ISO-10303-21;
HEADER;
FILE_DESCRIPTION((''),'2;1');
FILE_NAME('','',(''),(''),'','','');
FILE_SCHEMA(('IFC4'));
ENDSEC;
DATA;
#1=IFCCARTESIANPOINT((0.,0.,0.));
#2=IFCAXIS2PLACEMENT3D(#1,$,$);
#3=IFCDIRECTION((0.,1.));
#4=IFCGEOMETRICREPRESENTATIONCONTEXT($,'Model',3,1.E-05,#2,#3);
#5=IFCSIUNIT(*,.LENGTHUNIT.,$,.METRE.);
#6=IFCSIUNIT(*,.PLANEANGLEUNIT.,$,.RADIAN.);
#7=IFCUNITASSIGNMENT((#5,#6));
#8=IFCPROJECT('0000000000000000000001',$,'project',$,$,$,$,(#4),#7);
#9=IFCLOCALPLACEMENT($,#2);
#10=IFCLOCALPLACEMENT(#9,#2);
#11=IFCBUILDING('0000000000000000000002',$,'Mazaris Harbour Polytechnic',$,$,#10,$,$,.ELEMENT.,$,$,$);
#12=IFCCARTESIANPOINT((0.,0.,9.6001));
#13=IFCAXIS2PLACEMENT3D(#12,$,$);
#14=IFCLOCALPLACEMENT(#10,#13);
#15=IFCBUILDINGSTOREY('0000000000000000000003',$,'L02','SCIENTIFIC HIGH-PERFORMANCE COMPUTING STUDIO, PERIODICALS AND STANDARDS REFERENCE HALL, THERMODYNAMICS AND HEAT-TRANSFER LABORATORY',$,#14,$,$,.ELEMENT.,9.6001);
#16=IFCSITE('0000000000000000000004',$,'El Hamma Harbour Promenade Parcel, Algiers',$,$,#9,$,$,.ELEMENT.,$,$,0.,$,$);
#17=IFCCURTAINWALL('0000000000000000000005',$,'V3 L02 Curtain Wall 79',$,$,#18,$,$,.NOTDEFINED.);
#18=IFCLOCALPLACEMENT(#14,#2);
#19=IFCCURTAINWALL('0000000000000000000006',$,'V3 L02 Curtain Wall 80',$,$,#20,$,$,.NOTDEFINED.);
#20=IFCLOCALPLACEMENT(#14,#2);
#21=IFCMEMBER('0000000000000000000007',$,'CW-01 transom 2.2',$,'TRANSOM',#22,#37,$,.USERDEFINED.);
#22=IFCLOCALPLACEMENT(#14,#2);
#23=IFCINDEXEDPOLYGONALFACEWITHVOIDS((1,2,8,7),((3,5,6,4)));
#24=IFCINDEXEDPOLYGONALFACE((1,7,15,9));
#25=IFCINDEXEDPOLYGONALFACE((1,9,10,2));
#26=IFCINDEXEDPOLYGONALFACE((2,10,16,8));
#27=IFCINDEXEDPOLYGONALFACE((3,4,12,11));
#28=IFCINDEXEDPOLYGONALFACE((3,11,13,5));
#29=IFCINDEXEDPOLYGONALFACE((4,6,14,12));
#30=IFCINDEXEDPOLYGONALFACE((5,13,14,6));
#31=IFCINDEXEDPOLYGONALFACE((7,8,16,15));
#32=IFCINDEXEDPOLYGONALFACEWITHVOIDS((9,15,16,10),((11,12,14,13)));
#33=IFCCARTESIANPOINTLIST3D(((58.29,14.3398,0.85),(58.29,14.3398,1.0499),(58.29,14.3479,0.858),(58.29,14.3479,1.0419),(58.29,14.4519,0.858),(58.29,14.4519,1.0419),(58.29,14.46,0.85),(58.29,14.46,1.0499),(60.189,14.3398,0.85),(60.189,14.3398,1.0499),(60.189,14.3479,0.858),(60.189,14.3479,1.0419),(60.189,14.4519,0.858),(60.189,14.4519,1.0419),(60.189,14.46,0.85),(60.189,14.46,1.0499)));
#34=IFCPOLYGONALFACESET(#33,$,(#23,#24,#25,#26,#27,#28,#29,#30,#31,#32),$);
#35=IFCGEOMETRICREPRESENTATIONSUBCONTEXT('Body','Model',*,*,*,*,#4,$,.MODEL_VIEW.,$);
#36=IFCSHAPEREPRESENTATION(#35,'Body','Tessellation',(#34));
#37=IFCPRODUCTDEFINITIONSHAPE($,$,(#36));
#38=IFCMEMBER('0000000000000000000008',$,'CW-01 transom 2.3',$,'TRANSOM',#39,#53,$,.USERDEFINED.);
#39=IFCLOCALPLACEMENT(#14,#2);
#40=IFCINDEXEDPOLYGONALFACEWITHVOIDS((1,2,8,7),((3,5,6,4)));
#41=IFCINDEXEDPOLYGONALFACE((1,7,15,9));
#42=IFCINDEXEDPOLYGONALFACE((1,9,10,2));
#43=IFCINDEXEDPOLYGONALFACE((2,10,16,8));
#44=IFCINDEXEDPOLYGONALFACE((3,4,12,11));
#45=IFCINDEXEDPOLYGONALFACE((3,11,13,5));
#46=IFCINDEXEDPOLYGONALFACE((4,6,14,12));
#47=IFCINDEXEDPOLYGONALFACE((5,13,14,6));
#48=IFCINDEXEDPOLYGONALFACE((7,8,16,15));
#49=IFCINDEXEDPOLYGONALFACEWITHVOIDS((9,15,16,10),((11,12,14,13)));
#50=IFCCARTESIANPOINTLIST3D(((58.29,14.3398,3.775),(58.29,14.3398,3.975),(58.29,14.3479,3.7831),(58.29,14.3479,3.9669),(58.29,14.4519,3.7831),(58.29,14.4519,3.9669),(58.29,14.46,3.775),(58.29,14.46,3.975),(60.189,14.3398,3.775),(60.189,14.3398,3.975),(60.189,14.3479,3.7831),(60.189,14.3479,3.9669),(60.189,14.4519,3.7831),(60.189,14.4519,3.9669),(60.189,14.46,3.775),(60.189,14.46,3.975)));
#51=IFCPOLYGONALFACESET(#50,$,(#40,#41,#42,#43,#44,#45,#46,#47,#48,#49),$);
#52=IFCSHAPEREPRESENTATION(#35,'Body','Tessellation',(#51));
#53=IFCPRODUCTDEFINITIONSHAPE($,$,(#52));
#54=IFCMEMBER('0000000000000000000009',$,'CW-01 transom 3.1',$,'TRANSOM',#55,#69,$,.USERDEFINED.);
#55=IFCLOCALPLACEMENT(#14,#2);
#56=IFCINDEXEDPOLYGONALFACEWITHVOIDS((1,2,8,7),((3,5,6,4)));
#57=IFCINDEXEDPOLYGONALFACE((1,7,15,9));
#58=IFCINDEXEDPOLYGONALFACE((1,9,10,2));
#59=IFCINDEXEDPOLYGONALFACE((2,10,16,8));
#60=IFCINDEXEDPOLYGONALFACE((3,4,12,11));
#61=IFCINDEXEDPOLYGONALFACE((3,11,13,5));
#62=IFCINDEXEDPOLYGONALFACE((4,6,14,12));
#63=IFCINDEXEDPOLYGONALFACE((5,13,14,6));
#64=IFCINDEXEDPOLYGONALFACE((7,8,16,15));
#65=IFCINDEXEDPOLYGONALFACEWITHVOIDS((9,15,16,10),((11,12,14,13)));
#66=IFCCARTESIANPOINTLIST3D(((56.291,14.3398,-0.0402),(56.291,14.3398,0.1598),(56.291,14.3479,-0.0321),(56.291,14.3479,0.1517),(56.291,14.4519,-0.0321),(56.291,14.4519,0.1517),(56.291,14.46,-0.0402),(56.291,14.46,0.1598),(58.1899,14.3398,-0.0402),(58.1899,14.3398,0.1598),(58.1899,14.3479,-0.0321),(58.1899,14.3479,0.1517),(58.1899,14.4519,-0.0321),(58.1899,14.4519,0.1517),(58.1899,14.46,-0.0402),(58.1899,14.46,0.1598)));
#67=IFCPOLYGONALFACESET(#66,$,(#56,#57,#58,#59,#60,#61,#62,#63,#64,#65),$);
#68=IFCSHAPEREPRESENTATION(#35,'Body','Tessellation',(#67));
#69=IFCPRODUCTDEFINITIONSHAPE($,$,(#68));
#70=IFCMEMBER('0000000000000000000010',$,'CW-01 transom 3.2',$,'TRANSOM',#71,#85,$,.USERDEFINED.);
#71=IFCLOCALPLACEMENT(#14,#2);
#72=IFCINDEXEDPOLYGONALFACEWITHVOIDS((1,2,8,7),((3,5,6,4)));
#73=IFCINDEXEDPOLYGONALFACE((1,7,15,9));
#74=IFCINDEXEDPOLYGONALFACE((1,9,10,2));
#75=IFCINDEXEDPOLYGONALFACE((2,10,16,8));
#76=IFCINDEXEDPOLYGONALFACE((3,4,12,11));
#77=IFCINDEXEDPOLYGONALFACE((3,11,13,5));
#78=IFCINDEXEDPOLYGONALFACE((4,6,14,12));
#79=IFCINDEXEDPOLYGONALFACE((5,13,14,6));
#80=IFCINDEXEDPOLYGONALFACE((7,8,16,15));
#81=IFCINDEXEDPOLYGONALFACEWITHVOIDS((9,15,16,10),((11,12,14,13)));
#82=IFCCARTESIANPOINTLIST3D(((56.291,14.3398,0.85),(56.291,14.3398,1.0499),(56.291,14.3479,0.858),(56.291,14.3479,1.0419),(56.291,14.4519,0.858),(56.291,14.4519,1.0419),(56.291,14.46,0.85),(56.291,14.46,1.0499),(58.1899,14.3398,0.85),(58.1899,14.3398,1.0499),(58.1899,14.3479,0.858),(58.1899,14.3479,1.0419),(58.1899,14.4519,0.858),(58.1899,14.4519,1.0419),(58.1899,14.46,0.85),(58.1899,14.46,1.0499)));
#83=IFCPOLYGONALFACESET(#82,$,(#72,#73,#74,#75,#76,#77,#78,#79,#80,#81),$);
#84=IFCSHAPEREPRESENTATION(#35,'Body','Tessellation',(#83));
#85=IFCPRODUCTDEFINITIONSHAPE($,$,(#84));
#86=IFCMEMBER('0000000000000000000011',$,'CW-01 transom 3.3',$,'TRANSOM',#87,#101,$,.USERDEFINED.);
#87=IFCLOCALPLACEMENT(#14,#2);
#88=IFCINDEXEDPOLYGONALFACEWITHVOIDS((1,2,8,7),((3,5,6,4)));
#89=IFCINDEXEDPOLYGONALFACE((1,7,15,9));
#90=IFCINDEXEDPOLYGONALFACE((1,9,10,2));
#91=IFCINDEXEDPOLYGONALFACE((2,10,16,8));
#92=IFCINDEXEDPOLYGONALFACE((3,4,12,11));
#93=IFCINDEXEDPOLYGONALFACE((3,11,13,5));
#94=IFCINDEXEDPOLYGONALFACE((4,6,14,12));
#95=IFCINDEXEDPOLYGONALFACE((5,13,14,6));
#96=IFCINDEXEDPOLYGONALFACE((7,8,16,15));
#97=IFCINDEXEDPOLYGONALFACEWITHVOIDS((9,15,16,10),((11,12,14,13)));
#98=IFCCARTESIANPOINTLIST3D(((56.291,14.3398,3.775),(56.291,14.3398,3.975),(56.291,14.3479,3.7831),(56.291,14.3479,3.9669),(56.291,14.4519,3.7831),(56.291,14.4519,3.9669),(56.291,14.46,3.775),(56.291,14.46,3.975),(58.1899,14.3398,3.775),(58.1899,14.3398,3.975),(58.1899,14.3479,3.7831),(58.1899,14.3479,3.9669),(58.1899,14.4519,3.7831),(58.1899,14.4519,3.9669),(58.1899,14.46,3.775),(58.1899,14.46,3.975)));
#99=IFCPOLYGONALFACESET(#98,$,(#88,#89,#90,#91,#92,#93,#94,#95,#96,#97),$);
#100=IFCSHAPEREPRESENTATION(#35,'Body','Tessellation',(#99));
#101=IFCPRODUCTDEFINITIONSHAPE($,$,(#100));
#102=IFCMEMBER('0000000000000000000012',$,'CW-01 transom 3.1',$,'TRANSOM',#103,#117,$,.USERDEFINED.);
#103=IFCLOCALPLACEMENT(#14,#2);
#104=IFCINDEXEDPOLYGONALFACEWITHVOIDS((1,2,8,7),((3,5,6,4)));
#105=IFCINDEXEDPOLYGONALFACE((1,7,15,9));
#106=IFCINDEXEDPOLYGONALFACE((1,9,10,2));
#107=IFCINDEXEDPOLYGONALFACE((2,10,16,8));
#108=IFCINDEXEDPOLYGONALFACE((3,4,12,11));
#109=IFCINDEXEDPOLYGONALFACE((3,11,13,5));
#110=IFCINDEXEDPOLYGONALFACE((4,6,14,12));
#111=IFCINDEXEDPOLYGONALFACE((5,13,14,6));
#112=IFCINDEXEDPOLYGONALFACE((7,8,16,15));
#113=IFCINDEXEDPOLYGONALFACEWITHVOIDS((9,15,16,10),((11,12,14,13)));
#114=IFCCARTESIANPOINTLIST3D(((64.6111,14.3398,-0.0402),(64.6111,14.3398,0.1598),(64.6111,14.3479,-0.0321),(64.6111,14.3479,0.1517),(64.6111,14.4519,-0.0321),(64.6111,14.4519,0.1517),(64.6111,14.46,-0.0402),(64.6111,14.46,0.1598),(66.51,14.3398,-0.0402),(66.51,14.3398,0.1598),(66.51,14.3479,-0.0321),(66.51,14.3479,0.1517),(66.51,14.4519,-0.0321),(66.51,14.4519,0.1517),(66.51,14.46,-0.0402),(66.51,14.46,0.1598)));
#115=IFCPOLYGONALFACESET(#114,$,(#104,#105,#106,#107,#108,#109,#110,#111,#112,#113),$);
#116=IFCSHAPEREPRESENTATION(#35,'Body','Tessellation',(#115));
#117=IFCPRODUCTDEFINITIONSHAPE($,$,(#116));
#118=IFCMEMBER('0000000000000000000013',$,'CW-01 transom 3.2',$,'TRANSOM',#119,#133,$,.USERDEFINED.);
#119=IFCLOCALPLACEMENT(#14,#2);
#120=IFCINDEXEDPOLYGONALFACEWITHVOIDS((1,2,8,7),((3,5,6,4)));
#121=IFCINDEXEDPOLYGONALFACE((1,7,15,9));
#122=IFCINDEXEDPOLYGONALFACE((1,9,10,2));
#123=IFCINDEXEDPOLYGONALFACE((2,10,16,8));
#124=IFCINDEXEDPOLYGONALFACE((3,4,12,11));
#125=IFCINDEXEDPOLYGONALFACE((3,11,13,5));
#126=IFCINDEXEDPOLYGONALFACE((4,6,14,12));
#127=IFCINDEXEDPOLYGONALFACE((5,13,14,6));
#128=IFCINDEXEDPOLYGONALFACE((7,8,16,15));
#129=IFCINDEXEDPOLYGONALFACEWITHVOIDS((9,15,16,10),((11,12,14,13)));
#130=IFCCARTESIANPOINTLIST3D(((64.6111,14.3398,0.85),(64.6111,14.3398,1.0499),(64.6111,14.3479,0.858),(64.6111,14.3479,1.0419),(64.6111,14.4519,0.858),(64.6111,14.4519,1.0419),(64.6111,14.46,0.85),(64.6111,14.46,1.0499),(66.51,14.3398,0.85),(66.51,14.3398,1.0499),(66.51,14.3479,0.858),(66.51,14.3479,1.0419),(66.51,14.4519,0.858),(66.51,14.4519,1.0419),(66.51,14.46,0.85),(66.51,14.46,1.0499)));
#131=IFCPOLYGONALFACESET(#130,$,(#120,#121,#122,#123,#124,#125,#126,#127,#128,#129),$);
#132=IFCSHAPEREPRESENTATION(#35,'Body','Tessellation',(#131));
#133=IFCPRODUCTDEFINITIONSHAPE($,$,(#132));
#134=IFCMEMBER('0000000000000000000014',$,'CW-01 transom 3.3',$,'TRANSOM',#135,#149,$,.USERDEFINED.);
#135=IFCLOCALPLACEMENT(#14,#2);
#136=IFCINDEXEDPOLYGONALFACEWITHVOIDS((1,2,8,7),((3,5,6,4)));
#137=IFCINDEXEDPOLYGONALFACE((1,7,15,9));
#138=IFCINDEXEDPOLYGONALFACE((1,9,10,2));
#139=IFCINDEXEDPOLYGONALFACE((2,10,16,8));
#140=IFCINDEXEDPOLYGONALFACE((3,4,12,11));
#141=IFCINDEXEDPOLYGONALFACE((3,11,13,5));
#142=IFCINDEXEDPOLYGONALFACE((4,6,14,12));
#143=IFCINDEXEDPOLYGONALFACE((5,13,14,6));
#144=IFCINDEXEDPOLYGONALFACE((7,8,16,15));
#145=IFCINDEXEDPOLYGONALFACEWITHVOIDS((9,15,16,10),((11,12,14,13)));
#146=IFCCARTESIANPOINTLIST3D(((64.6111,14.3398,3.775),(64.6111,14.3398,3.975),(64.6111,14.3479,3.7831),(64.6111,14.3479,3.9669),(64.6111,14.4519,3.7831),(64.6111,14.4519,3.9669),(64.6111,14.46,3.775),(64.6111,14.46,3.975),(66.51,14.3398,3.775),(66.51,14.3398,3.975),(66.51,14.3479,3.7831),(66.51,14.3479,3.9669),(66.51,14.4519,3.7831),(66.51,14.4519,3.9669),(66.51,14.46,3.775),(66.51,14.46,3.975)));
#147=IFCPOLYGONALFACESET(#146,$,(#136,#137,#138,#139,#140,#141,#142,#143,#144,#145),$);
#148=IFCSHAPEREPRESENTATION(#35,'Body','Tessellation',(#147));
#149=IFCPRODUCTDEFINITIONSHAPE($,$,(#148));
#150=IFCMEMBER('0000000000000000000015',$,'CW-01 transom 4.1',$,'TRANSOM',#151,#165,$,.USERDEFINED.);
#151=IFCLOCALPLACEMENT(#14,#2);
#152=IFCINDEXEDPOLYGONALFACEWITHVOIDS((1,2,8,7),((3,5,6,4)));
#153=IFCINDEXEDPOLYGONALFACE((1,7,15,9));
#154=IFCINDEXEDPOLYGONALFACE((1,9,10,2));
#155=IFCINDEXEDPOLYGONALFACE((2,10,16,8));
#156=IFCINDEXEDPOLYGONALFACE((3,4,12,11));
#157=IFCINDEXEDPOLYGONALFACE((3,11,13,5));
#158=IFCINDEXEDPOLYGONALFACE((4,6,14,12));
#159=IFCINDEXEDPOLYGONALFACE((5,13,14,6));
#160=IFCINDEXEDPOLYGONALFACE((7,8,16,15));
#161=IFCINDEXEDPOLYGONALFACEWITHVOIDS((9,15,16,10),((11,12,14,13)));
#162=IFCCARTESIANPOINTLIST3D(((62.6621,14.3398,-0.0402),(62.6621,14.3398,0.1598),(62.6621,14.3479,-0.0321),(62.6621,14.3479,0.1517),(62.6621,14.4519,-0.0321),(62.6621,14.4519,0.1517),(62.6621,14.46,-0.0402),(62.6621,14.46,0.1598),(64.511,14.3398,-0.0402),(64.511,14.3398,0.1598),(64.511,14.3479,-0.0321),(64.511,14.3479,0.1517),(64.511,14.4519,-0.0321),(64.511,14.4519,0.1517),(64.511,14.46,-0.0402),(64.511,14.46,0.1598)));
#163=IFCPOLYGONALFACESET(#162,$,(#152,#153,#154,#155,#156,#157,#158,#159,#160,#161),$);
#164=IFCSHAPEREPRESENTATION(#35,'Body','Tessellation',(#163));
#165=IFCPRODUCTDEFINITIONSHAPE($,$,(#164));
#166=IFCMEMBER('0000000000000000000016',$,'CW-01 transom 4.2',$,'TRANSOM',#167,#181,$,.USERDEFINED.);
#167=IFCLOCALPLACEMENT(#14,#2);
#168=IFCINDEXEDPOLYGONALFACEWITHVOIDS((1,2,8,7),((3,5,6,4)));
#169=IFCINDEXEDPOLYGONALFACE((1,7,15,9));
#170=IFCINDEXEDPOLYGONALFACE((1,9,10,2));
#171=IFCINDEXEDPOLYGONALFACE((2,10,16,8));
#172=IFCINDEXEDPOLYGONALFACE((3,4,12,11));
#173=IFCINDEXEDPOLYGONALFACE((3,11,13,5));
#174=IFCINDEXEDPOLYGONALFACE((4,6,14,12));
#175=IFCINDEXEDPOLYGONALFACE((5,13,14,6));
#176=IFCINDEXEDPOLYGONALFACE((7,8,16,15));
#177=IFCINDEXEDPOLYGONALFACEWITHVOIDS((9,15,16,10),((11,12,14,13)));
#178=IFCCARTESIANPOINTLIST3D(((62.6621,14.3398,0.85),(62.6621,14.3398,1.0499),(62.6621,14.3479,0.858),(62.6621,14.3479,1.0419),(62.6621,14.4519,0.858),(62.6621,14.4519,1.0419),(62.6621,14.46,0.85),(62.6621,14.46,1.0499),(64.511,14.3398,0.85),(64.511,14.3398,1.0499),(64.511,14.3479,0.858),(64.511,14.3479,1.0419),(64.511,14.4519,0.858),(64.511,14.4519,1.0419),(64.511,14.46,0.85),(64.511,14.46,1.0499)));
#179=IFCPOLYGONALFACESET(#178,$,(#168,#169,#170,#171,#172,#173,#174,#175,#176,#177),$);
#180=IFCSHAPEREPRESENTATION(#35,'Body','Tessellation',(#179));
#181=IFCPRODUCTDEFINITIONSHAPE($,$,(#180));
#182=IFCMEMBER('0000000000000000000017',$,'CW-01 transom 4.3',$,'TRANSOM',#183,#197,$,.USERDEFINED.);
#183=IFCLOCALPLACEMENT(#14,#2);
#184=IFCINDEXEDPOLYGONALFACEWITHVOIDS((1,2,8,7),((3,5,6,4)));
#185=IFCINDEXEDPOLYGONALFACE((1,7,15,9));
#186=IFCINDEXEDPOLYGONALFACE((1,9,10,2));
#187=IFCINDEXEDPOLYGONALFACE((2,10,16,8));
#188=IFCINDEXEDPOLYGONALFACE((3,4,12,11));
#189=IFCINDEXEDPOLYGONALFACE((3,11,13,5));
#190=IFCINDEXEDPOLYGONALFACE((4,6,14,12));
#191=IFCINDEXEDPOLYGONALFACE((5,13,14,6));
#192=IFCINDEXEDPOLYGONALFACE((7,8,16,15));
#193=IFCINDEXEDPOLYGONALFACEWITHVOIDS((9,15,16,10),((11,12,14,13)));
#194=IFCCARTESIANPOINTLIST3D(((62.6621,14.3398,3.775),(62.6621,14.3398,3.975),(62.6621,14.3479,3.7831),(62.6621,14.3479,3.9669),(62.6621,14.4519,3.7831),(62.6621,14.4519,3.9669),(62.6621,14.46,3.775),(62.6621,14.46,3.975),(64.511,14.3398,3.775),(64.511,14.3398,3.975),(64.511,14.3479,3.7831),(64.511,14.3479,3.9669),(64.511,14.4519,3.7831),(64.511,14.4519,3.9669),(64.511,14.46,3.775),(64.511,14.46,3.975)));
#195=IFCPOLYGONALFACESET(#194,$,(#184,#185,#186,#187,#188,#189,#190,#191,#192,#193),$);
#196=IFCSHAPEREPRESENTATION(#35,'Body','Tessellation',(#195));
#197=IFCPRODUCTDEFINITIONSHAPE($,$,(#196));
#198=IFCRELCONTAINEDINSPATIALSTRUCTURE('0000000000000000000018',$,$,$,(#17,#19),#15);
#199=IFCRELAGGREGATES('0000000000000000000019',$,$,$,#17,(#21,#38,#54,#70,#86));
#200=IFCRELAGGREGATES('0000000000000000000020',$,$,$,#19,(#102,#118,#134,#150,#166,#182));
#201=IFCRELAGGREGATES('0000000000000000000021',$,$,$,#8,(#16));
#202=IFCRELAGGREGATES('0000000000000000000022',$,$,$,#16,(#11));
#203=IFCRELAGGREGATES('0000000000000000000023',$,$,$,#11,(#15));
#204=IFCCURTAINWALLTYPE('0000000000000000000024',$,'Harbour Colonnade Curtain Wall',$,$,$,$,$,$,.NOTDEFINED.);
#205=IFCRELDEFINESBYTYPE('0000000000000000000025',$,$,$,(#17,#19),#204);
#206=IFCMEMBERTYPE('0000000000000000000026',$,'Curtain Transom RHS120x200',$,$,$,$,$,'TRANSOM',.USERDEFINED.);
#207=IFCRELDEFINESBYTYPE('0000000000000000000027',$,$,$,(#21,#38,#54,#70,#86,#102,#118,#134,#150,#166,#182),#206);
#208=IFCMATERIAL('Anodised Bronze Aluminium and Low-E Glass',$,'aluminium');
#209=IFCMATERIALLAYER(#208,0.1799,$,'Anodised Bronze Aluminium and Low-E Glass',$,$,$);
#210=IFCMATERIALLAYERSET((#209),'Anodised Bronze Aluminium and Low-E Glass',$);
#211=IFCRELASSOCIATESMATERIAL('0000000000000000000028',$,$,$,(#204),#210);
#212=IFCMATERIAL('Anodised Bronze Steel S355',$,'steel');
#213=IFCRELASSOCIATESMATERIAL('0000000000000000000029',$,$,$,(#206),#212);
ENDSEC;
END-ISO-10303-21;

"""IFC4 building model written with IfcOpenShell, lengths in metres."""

from ifc_helpers import new_model, si_unit, direction, frame, origin, origin_2d, place, context, subcontext, project, spatial, hollow_rectangle, extrude, material, layer, layer_set, material_profile, profile_set, type_object, element, aggregate, save


model = new_model("IFC4")

# Units and contexts
model_context = context("Model", 3, precision=1e-05, world=origin(), true_north=direction((0.0, 1.0)))
body_context = subcontext(model_context, "Body", "Model", "MODEL_VIEW")
ifc_project = project(units=[si_unit("LENGTHUNIT", "METRE"), si_unit("PLANEANGLEUNIT", "RADIAN")], contexts=[model_context])

# Site, building, storey
site_placement = place(None, origin())
site = spatial("IfcSite", under=ifc_project, at=site_placement, Name="El Hamma Harbour Promenade Parcel, Algiers", CompositionType="ELEMENT", RefElevation=0.0)
building_placement = place(site_placement, origin())
building = spatial("IfcBuilding", under=site, at=building_placement, Name="Mazaris Harbour Polytechnic", CompositionType="ELEMENT")
storey_placement = place(building_placement, frame((0.0, 0.0, 9.6001)))
storey = spatial("IfcBuildingStorey", under=building, at=storey_placement, Name="L02", Description="SCIENTIFIC HIGH-PERFORMANCE COMPUTING STUDIO, PERIODICALS AND STANDARDS REFERENCE HALL, THERMODYNAMICS AND HEAT-TRANSFER LABORATORY", CompositionType="ELEMENT", Elevation=9.6001)

# Curtain walls
ifc_material_1 = material(Name="Anodised Bronze Aluminium and Low-E Glass", Category="aluminium")
ifc_layer_1 = layer(ifc_material_1, 0.1799, Name="Anodised Bronze Aluminium and Low-E Glass")
ifc_layer_set_1 = layer_set([ifc_layer_1], Name="Anodised Bronze Aluminium and Low-E Glass")
curtain_wall_type = type_object("IfcCurtainWallType", Name="Harbour Colonnade Curtain Wall", PredefinedType="NOTDEFINED", material=ifc_layer_set_1)
curtain_wall_1_placement = place(storey_placement, origin())
curtain_wall_1 = element("IfcCurtainWall", 1, at=curtain_wall_1_placement, inside=storey, type_object=curtain_wall_type, Name="V3 L02 Curtain Wall 79", PredefinedType="NOTDEFINED")
curtain_wall_2_placement = place(storey_placement, origin())
curtain_wall_2 = element("IfcCurtainWall", 2, at=curtain_wall_2_placement, inside=storey, type_object=curtain_wall_type, Name="V3 L02 Curtain Wall 80", PredefinedType="NOTDEFINED")

# Members
ifc_material_2 = material(Name="Anodised Bronze Steel S355", Category="steel")
ifc_material_profile_1 = material_profile(ifc_material_2, hollow_rectangle(XDim=0.1201, YDim=0.2, WallThickness=0.0081, at=origin_2d()), Name="RHS 120x200x8.0")
ifc_profile_set_1 = profile_set([ifc_material_profile_1], Name="Anodised Bronze Steel S355")
member_type_1 = type_object("IfcMemberType", Name="Curtain Transom RHS120x200", ElementType="TRANSOM", PredefinedType="USERDEFINED", material=ifc_profile_set_1)
member_1_placement = place(storey_placement, frame((60.189, 14.3999, 0.95), z_axis=(-1.0, 0.0, 0.0), x_axis=(0.0, -1.0, 0.0)))
member_1 = element("IfcMember", 3, at=member_1_placement, type_object=member_type_1, Name="CW-01 transom 2.2", ObjectType="TRANSOM", PredefinedType="USERDEFINED", context=body_context, shape_type="SweptSolid", body=[
    extrude(hollow_rectangle(XDim=0.1201, YDim=0.2, WallThickness=0.0081, at=origin_2d()), origin(), (0.0, 0.0, 1.0), 1.8989),
])
member_2_placement = place(storey_placement, frame((60.189, 14.3999, 3.875), z_axis=(-1.0, 0.0, 0.0), x_axis=(0.0, -1.0, 0.0)))
member_2 = element("IfcMember", 4, at=member_2_placement, type_object=member_type_1, Name="CW-01 transom 2.3", ObjectType="TRANSOM", PredefinedType="USERDEFINED", context=body_context, shape_type="SweptSolid", body=[
    extrude(hollow_rectangle(XDim=0.1201, YDim=0.2, WallThickness=0.0081, at=origin_2d()), origin(), (0.0, 0.0, 1.0), 1.8989),
])
member_3_placement = place(storey_placement, frame((58.1899, 14.3999, 0.0598), z_axis=(-1.0, 0.0, 0.0), x_axis=(0.0, -1.0, 0.0)))
member_3 = element("IfcMember", 5, at=member_3_placement, type_object=member_type_1, Name="CW-01 transom 3.1", ObjectType="TRANSOM", PredefinedType="USERDEFINED", context=body_context, shape_type="SweptSolid", body=[
    extrude(hollow_rectangle(XDim=0.1201, YDim=0.2, WallThickness=0.0081, at=origin_2d()), origin(), (0.0, 0.0, 1.0), 1.8989),
])
member_4_placement = place(storey_placement, frame((58.1899, 14.3999, 0.95), z_axis=(-1.0, 0.0, 0.0), x_axis=(0.0, -1.0, 0.0)))
member_4 = element("IfcMember", 6, at=member_4_placement, type_object=member_type_1, Name="CW-01 transom 3.2", ObjectType="TRANSOM", PredefinedType="USERDEFINED", context=body_context, shape_type="SweptSolid", body=[
    extrude(hollow_rectangle(XDim=0.1201, YDim=0.2, WallThickness=0.0081, at=origin_2d()), origin(), (0.0, 0.0, 1.0), 1.8989),
])
member_5_placement = place(storey_placement, frame((58.1899, 14.3999, 3.875), z_axis=(-1.0, 0.0, 0.0), x_axis=(0.0, -1.0, 0.0)))
member_5 = element("IfcMember", 7, at=member_5_placement, type_object=member_type_1, Name="CW-01 transom 3.3", ObjectType="TRANSOM", PredefinedType="USERDEFINED", context=body_context, shape_type="SweptSolid", body=[
    extrude(hollow_rectangle(XDim=0.1201, YDim=0.2, WallThickness=0.0081, at=origin_2d()), origin(), (0.0, 0.0, 1.0), 1.8989),
])
member_6_placement = place(storey_placement, frame((66.51, 14.3999, 0.0598), z_axis=(-1.0, 0.0, 0.0), x_axis=(0.0, -1.0, 0.0)))
member_6 = element("IfcMember", 8, at=member_6_placement, type_object=member_type_1, Name="CW-01 transom 3.1", ObjectType="TRANSOM", PredefinedType="USERDEFINED", context=body_context, shape_type="SweptSolid", body=[
    extrude(hollow_rectangle(XDim=0.1201, YDim=0.2, WallThickness=0.0081, at=origin_2d()), origin(), (0.0, 0.0, 1.0), 1.8989),
])
member_7_placement = place(storey_placement, frame((66.51, 14.3999, 0.95), z_axis=(-1.0, 0.0, 0.0), x_axis=(0.0, -1.0, 0.0)))
member_7 = element("IfcMember", 9, at=member_7_placement, type_object=member_type_1, Name="CW-01 transom 3.2", ObjectType="TRANSOM", PredefinedType="USERDEFINED", context=body_context, shape_type="SweptSolid", body=[
    extrude(hollow_rectangle(XDim=0.1201, YDim=0.2, WallThickness=0.0081, at=origin_2d()), origin(), (0.0, 0.0, 1.0), 1.8989),
])
member_8_placement = place(storey_placement, frame((66.51, 14.3999, 3.875), z_axis=(-1.0, 0.0, 0.0), x_axis=(0.0, -1.0, 0.0)))
member_8 = element("IfcMember", 10, at=member_8_placement, type_object=member_type_1, Name="CW-01 transom 3.3", ObjectType="TRANSOM", PredefinedType="USERDEFINED", context=body_context, shape_type="SweptSolid", body=[
    extrude(hollow_rectangle(XDim=0.1201, YDim=0.2, WallThickness=0.0081, at=origin_2d()), origin(), (0.0, 0.0, 1.0), 1.8989),
])
member_9_placement = place(storey_placement, frame((64.511, 14.3999, 0.0598), z_axis=(-1.0, 0.0, 0.0), x_axis=(0.0, -1.0, 0.0)))
member_9 = element("IfcMember", 11, at=member_9_placement, type_object=member_type_1, Name="CW-01 transom 4.1", ObjectType="TRANSOM", PredefinedType="USERDEFINED", context=body_context, shape_type="SweptSolid", body=[
    extrude(hollow_rectangle(XDim=0.1201, YDim=0.2, WallThickness=0.0081, at=origin_2d()), origin(), (0.0, 0.0, 1.0), 1.8489),
])
member_10_placement = place(storey_placement, frame((64.511, 14.3999, 0.95), z_axis=(-1.0, 0.0, 0.0), x_axis=(0.0, -1.0, 0.0)))
member_10 = element("IfcMember", 12, at=member_10_placement, type_object=member_type_1, Name="CW-01 transom 4.2", ObjectType="TRANSOM", PredefinedType="USERDEFINED", context=body_context, shape_type="SweptSolid", body=[
    extrude(hollow_rectangle(XDim=0.1201, YDim=0.2, WallThickness=0.0081, at=origin_2d()), origin(), (0.0, 0.0, 1.0), 1.8489),
])
member_11_placement = place(storey_placement, frame((64.511, 14.3999, 3.875), z_axis=(-1.0, 0.0, 0.0), x_axis=(0.0, -1.0, 0.0)))
member_11 = element("IfcMember", 13, at=member_11_placement, type_object=member_type_1, Name="CW-01 transom 4.3", ObjectType="TRANSOM", PredefinedType="USERDEFINED", context=body_context, shape_type="SweptSolid", body=[
    extrude(hollow_rectangle(XDim=0.1201, YDim=0.2, WallThickness=0.0081, at=origin_2d()), origin(), (0.0, 0.0, 1.0), 1.8489),
])

aggregate(curtain_wall_1, [member_1, member_2, member_3, member_4, member_5])
aggregate(curtain_wall_2, [member_6, member_7, member_8, member_9, member_10, member_11])

save(model, "model.ifc")
